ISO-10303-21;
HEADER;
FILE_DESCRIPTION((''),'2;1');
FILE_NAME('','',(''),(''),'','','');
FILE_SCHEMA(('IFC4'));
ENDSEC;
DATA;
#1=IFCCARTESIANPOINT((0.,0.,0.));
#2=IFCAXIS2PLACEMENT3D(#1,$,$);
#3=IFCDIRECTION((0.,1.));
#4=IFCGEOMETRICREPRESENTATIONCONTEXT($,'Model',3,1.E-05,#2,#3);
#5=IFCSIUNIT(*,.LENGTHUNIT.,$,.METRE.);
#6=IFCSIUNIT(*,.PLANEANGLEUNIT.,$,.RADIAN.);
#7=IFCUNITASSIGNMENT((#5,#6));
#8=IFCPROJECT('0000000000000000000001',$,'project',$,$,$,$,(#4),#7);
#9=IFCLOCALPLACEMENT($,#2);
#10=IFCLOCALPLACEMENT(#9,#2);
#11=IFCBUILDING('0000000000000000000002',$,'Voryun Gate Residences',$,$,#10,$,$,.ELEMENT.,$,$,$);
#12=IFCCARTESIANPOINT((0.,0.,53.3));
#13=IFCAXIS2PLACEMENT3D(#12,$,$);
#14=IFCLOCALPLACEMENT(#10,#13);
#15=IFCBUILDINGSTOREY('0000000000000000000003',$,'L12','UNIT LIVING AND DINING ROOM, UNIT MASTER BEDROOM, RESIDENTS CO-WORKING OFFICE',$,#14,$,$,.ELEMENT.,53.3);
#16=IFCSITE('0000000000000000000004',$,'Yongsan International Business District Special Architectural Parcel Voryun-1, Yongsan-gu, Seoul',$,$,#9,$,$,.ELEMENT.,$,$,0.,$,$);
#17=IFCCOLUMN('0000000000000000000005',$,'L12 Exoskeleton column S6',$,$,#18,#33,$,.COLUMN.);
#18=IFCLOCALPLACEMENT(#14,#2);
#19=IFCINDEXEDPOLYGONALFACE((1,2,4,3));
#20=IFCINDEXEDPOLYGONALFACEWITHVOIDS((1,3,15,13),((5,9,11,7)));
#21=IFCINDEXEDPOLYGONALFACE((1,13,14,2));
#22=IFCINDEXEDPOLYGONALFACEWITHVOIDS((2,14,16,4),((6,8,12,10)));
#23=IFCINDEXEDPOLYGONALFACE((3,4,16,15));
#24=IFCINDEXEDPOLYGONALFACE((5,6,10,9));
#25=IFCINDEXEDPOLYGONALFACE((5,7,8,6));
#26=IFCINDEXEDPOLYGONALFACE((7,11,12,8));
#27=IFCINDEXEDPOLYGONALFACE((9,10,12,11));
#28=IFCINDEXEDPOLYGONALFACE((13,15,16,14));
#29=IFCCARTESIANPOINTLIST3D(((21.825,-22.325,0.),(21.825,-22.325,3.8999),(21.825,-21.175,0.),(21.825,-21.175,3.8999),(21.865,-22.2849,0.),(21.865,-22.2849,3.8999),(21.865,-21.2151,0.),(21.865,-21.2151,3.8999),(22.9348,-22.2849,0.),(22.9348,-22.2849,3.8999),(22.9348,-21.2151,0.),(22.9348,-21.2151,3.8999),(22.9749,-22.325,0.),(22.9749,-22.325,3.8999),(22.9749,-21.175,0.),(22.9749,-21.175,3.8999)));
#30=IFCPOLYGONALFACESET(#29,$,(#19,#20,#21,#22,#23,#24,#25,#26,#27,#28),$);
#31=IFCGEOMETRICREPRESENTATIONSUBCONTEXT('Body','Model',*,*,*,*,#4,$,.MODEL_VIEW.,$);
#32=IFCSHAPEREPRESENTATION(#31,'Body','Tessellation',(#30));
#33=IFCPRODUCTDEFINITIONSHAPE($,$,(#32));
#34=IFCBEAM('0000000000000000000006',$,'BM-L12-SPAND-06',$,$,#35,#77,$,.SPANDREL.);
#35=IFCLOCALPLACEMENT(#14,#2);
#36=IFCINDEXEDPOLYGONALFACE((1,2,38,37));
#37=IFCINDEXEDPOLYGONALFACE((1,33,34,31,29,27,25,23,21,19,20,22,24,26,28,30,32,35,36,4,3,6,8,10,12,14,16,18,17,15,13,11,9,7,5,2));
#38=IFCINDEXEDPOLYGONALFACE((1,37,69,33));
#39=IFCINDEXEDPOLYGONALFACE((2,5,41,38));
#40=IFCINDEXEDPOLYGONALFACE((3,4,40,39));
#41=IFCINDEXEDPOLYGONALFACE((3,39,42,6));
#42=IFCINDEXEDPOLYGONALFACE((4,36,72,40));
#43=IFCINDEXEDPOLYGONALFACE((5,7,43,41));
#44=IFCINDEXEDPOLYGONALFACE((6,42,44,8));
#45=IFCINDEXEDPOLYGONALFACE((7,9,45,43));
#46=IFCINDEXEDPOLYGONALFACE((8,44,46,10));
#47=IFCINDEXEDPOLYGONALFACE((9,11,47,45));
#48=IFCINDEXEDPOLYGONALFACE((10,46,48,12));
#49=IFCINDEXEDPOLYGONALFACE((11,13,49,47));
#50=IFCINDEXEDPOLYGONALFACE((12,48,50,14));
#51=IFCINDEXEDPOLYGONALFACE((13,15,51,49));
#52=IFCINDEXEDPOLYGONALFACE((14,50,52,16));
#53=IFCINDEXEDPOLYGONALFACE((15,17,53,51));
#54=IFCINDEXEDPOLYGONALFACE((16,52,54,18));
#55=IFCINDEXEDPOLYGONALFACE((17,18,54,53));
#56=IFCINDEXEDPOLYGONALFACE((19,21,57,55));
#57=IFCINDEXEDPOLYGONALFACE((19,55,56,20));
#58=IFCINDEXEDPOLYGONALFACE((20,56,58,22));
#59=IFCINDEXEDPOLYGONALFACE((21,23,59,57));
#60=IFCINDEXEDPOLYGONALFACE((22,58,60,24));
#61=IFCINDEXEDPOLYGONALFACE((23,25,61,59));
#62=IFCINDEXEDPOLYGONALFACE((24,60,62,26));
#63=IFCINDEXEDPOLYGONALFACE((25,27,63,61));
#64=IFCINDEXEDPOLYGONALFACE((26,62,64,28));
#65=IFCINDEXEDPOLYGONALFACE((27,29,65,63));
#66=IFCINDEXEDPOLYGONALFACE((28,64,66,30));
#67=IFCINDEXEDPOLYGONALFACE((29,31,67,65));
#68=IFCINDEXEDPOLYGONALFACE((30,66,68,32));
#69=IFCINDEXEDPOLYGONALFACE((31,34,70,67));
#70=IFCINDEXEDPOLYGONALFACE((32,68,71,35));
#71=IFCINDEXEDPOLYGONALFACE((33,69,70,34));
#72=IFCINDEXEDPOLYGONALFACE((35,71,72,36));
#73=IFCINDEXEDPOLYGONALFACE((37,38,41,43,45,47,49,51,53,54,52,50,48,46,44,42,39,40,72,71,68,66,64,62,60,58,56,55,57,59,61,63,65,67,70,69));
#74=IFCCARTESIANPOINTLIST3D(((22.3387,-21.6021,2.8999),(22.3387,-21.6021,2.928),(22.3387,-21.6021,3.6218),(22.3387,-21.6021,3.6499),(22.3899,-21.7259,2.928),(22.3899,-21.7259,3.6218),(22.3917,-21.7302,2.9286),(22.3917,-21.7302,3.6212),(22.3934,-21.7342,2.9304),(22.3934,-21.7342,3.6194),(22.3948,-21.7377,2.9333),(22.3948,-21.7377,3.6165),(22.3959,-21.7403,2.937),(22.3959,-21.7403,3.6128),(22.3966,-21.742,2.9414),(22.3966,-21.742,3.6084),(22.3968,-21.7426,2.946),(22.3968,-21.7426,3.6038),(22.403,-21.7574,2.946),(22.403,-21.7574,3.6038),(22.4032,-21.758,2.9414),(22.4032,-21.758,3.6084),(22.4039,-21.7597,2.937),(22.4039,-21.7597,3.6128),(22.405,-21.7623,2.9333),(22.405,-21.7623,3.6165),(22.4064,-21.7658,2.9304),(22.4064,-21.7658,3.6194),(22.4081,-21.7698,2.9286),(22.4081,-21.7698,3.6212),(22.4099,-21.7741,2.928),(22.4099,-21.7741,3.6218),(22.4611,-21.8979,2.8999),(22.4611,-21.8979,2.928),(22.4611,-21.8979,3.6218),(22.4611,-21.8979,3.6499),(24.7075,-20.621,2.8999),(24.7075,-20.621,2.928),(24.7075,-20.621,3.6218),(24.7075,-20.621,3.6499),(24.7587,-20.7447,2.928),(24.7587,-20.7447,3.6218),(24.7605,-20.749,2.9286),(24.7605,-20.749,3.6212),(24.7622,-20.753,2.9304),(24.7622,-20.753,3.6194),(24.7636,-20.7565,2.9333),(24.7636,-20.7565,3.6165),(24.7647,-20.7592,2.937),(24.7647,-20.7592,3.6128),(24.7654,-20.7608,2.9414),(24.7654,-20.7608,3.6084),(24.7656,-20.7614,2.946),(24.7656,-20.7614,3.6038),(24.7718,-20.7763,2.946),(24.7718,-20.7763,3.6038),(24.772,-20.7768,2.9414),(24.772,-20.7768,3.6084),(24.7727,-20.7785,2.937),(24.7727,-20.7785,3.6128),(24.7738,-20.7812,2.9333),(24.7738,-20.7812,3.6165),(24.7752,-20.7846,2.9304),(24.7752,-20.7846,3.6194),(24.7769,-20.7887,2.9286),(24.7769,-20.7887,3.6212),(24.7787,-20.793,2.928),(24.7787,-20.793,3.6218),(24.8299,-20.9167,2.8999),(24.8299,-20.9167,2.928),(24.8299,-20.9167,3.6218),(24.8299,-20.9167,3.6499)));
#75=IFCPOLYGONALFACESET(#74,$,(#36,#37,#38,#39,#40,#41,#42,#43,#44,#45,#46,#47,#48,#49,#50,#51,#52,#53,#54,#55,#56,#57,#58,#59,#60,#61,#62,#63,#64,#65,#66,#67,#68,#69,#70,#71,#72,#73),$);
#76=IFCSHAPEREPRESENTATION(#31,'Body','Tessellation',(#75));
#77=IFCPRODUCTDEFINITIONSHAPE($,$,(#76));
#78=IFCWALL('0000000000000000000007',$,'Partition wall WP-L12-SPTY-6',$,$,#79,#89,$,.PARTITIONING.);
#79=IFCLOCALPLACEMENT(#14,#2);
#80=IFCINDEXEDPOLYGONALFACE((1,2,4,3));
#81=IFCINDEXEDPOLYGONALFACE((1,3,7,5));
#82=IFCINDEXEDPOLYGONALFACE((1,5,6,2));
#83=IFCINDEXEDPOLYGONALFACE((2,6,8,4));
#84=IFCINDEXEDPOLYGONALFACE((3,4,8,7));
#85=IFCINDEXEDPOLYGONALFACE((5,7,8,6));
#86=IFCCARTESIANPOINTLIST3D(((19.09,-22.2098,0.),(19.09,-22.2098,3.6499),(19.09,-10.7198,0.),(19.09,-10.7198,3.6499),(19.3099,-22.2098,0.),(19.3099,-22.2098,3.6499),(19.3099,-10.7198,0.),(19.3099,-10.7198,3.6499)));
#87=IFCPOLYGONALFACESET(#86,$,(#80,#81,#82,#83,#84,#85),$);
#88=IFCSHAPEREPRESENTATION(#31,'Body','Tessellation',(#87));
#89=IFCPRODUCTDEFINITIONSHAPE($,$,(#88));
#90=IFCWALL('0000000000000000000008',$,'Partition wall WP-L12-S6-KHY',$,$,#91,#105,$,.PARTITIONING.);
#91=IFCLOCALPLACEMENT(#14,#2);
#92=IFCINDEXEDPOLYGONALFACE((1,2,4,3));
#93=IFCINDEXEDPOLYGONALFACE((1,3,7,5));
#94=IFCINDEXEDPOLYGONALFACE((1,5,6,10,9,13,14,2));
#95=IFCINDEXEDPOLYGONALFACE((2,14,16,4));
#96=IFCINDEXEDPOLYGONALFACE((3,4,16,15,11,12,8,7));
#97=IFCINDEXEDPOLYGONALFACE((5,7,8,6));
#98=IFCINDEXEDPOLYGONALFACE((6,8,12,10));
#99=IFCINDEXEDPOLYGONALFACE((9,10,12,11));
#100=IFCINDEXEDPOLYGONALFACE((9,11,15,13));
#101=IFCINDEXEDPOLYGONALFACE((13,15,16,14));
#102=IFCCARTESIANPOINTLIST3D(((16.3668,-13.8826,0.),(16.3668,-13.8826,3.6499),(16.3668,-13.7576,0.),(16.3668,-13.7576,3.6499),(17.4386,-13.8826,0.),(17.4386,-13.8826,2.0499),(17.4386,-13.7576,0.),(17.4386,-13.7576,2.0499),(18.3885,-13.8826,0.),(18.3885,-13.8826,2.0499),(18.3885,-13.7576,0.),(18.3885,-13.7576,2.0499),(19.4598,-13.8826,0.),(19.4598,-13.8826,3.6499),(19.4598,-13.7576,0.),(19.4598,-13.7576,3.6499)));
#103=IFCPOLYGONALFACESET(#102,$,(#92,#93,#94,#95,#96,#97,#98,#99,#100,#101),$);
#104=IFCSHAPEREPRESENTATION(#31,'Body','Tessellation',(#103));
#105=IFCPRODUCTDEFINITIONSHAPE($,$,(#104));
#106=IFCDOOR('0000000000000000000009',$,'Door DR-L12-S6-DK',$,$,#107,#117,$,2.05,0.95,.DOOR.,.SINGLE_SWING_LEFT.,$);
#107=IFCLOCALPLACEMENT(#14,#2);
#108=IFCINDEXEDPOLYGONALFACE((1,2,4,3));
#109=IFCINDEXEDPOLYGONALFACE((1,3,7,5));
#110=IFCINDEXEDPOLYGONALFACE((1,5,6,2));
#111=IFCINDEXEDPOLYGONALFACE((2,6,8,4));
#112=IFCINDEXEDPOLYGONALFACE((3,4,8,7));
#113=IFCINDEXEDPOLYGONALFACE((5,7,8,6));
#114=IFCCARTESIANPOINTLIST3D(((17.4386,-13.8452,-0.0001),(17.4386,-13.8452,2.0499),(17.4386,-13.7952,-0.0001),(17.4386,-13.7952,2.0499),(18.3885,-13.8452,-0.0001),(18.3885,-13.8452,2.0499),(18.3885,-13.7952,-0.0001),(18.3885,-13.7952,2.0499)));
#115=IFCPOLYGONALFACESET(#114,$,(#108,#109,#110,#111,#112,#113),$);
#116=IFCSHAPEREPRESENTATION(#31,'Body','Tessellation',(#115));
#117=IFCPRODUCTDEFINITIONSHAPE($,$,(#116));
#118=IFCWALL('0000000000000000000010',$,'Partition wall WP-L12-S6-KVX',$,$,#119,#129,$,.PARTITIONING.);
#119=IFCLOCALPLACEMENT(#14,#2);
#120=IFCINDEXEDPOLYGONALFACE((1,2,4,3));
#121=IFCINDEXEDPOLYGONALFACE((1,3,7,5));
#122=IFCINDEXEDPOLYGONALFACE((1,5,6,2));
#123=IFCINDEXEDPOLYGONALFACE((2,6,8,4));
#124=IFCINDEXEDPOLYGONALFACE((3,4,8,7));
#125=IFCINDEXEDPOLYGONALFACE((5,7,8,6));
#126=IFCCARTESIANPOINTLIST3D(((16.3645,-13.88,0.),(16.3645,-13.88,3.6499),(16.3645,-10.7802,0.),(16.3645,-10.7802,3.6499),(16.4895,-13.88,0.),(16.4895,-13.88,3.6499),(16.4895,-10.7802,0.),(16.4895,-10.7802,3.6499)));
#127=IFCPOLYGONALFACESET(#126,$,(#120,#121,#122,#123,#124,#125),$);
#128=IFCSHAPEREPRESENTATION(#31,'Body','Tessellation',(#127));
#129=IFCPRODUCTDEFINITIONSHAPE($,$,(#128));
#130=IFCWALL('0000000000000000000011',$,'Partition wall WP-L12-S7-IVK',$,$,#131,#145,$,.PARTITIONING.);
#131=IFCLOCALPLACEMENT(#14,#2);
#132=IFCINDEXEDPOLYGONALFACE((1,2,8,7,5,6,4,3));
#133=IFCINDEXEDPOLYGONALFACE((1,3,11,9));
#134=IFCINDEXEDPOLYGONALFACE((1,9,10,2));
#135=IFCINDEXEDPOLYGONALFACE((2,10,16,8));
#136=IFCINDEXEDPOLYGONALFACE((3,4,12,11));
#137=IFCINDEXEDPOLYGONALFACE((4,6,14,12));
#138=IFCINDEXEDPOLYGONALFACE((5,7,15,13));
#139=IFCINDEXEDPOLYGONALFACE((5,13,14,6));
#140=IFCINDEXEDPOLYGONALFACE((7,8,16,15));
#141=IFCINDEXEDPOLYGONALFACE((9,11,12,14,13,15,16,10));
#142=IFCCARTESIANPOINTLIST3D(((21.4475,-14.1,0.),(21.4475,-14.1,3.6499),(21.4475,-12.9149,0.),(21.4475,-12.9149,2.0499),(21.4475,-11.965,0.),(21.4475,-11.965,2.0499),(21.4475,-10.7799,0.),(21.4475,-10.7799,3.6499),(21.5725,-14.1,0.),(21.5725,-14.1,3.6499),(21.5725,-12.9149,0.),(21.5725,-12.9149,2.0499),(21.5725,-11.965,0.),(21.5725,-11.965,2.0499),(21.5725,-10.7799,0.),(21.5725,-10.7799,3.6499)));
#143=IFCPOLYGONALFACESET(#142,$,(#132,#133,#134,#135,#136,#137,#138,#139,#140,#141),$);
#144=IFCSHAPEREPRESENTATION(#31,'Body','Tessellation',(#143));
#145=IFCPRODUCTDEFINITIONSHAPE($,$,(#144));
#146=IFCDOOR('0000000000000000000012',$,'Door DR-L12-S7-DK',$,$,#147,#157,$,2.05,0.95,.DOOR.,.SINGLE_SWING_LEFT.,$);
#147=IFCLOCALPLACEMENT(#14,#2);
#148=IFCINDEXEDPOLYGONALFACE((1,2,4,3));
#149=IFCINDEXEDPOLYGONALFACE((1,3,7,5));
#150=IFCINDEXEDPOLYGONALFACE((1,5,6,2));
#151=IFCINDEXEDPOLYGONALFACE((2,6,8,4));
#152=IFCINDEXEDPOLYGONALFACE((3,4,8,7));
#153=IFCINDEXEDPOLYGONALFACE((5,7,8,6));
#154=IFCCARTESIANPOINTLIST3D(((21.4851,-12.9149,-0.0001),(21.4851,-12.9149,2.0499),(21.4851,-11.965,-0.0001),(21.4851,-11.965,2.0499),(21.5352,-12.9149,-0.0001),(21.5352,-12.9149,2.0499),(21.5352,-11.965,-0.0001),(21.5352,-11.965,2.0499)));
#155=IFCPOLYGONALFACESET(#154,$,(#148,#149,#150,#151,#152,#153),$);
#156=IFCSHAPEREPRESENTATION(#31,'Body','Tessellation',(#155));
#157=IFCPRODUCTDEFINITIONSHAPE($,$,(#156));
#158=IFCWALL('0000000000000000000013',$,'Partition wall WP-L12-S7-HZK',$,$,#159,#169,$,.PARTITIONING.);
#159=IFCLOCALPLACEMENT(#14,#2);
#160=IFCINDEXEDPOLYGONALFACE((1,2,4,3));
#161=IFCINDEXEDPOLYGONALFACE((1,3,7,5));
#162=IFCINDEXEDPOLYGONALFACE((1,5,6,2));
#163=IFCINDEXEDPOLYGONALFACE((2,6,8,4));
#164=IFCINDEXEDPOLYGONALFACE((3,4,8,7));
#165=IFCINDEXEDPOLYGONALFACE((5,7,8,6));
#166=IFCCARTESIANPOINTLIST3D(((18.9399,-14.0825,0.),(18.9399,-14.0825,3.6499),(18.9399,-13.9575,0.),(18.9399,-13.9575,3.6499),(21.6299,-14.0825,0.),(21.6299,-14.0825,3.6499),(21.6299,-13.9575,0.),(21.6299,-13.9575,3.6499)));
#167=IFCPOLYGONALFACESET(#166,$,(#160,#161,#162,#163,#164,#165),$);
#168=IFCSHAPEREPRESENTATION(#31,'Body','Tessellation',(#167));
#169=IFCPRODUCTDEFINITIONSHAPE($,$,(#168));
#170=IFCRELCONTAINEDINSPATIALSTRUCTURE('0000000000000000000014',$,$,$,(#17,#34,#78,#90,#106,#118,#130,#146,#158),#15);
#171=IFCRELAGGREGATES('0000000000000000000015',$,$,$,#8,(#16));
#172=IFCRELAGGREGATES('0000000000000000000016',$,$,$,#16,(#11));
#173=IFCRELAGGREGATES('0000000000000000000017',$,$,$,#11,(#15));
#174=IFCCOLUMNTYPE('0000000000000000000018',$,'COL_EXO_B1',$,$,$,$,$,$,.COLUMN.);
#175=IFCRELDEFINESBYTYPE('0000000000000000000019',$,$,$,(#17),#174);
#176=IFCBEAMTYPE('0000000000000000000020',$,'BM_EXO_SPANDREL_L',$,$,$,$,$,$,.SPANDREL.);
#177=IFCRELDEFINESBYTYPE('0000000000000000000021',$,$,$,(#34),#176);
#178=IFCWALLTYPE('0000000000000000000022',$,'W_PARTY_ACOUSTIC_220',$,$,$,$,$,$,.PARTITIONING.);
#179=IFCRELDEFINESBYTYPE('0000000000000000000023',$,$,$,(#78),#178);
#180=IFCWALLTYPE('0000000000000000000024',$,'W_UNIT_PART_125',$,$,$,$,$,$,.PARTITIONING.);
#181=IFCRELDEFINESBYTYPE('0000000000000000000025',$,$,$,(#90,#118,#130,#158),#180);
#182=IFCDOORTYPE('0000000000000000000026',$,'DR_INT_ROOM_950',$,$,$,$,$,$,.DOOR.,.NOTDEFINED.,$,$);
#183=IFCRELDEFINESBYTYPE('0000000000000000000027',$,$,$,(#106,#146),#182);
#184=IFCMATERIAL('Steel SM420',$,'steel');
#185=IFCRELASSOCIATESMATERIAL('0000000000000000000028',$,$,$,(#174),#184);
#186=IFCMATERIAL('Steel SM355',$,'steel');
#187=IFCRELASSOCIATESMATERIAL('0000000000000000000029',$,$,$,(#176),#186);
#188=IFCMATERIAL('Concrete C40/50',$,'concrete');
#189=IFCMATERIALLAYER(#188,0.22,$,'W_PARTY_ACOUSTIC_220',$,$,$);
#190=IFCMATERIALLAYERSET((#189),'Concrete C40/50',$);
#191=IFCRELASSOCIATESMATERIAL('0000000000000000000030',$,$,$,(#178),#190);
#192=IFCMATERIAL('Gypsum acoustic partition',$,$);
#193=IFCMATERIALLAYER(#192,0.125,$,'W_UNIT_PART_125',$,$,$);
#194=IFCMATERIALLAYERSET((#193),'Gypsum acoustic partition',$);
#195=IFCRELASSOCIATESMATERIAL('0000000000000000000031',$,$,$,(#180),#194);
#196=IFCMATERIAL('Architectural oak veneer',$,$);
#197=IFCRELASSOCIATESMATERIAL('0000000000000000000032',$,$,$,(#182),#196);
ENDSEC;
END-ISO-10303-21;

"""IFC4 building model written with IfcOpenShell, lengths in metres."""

from ifc_helpers import new_model, si_unit, direction, frame, frame_2d, origin, origin_2d, place, context, subcontext, project, spatial, rectangle, hollow_rectangle, i_section, extrude, material, layer, layer_set, material_profile, profile_set, type_object, element, fill, save


model = new_model("IFC4")

# Units and contexts
model_context = context("Model", 3, precision=1e-05, world=origin(), true_north=direction((0.0, 1.0)))
body_context = subcontext(model_context, "Body", "Model", "MODEL_VIEW")
ifc_project = project(units=[si_unit("LENGTHUNIT", "METRE"), si_unit("PLANEANGLEUNIT", "RADIAN")], contexts=[model_context])

# Site, building, storey
site_placement = place(None, origin())
site = spatial("IfcSite", under=ifc_project, at=site_placement, Name="Yongsan International Business District Special Architectural Parcel Voryun-1, Yongsan-gu, Seoul", CompositionType="ELEMENT", RefElevation=0.0)
building_placement = place(site_placement, origin())
building = spatial("IfcBuilding", under=site, at=building_placement, Name="Voryun Gate Residences", CompositionType="ELEMENT")
storey_placement = place(building_placement, frame((0.0, 0.0, 53.3)))
storey = spatial("IfcBuildingStorey", under=building, at=storey_placement, Name="L12", Description="UNIT LIVING AND DINING ROOM, UNIT MASTER BEDROOM, RESIDENTS CO-WORKING OFFICE", CompositionType="ELEMENT", Elevation=53.3)

# Column
ifc_material_1 = material(Name="Steel SM420", Category="steel")
ifc_material_profile_1 = material_profile(ifc_material_1, hollow_rectangle(XDim=1.1499, YDim=1.1499, WallThickness=0.04, at=origin_2d()), Name="BOX-1150x1150x40")
ifc_profile_set_1 = profile_set([ifc_material_profile_1], Name="Steel SM420")
column_type = type_object("IfcColumnType", Name="COL_EXO_B1", PredefinedType="COLUMN", material=ifc_profile_set_1)
column_placement = place(storey_placement, frame((22.3999, -21.75, 0.0), z_axis=(0.0, 0.0, 1.0), x_axis=(1.0, 0.0, 0.0)))
element("IfcColumn", 1, at=column_placement, inside=storey, type_object=column_type, Name="L12 Exoskeleton column S6", PredefinedType="COLUMN", context=body_context, shape_type="SweptSolid", body=[
    extrude(hollow_rectangle(XDim=1.1499, YDim=1.1499, WallThickness=0.04, at=origin_2d()), origin(), (0.0, 0.0, 1.0), 3.8999),
])

# Beam
ifc_material_2 = material(Name="Steel SM355", Category="steel")
ifc_material_profile_2 = material_profile(ifc_material_2, i_section(OverallWidth=0.3201, OverallDepth=0.75, WebThickness=0.0161, FlangeThickness=0.0281, FilletRadius=0.0181, at=origin_2d()), Name="H-750x320x16x28")
ifc_profile_set_2 = profile_set([ifc_material_profile_2], Name="Steel SM355")
beam_type = type_object("IfcBeamType", Name="BM_EXO_SPANDREL_L", PredefinedType="SPANDREL", material=ifc_profile_set_2)
beam_placement = place(storey_placement, frame((22.3999, -21.75, 3.2749), z_axis=(0.923883, 0.382674, 0.0), x_axis=(-0.382674, 0.923883, 0.0)))
element("IfcBeam", 2, at=beam_placement, inside=storey, type_object=beam_type, Name="BM-L12-SPAND-06", PredefinedType="SPANDREL", context=body_context, shape_type="SweptSolid", body=[
    extrude(i_section(OverallWidth=0.3201, OverallDepth=0.75, WebThickness=0.0161, FlangeThickness=0.0281, FilletRadius=0.0181, at=origin_2d()), origin(), (0.0, 0.0, 1.0), 2.564),
])

# Wall
ifc_material_3 = material(Name="Concrete C40/50", Category="concrete")
ifc_layer_1 = layer(ifc_material_3, 0.22, Name="W_PARTY_ACOUSTIC_220")
ifc_layer_set_1 = layer_set([ifc_layer_1], Name="Concrete C40/50")
wall_type_1 = type_object("IfcWallType", Name="W_PARTY_ACOUSTIC_220", PredefinedType="PARTITIONING", material=ifc_layer_set_1)
wall_1_placement = place(storey_placement, frame((19.2, -22.21, 0.0), z_axis=(0.0, 0.0, 1.0), x_axis=(0.0, 1.0, 0.0)))
element("IfcWall", 3, at=wall_1_placement, inside=storey, type_object=wall_type_1, Name="Partition wall WP-L12-SPTY-6", PredefinedType="PARTITIONING", context=body_context, shape_type="SweptSolid", body=[
    extrude(rectangle(XDim=11.49, YDim=0.22, at=frame_2d((5.7451, 0.0))), origin(), (0.0, 0.0, 1.0), 3.6499),
])

# Wall, opening, door
ifc_material_4 = material(Name="Gypsum acoustic partition")
ifc_layer_2 = layer(ifc_material_4, 0.125, Name="W_UNIT_PART_125")
ifc_layer_set_2 = layer_set([ifc_layer_2], Name="Gypsum acoustic partition")
wall_type_2 = type_object("IfcWallType", Name="W_UNIT_PART_125", PredefinedType="PARTITIONING", material=ifc_layer_set_2)
wall_2_placement = place(storey_placement, frame((16.3669, -13.8201, 0.0), z_axis=(0.0, 0.0, 1.0), x_axis=(1.0, 0.0, 0.0)))
wall_2 = element("IfcWall", 4, at=wall_2_placement, inside=storey, type_object=wall_type_2, Name="Partition wall WP-L12-S6-KHY", PredefinedType="PARTITIONING", context=body_context, shape_type="SweptSolid", body=[
    extrude(rectangle(XDim=3.093, YDim=0.125, at=frame_2d((1.5464, 0.0))), origin(), (0.0, 0.0, 1.0), 3.6499),
])
opening_1_placement = place(wall_2_placement, frame((1.0715, 0.0, 0.0)))
opening_1 = element("IfcOpeningElement", 5, at=opening_1_placement, cuts=wall_2, PredefinedType="OPENING", context=body_context, shape_type="SweptSolid", body=[
    extrude(rectangle(XDim=0.95, YDim=2.05, at=frame_2d((0.4751, 1.0249))), frame((0.0, 0.0725, 0.0), z_axis=(0.0, -1.0, 0.0), x_axis=(1.0, 0.0, 0.0)), (0.0, 0.0, 1.0), 0.145),
])
ifc_material_5 = material(Name="Architectural oak veneer")
door_type_1 = type_object("IfcDoorType", Name="DR_INT_ROOM_950", OperationType="NOTDEFINED", PredefinedType="DOOR", material=ifc_material_5)
door_1_placement = place(opening_1_placement, origin())
door_1 = element("IfcDoor", 6, at=door_1_placement, inside=storey, type_object=door_type_1, Name="Door DR-L12-S6-DK", OperationType="SINGLE_SWING_LEFT", OverallHeight=2.05, OverallWidth=0.95, PredefinedType="DOOR", context=body_context, shape_type="SweptSolid", body=[
    extrude(rectangle(XDim=0.95, YDim=2.05, at=frame_2d((0.4751, 1.0249))), frame((0.0, 0.0249, 0.0), z_axis=(0.0, -1.0, 0.0), x_axis=(1.0, 0.0, 0.0)), (0.0, 0.0, 1.0), 0.05),
])
fill(opening_1, door_1)

# Wall
wall_3_placement = place(storey_placement, frame((16.427, -13.8799, 0.0), z_axis=(0.0, 0.0, 1.0), x_axis=(0.0, 1.0, 0.0)))
element("IfcWall", 7, at=wall_3_placement, inside=storey, type_object=wall_type_2, Name="Partition wall WP-L12-S6-KVX", PredefinedType="PARTITIONING", context=body_context, shape_type="SweptSolid", body=[
    extrude(rectangle(XDim=3.0999, YDim=0.125, at=frame_2d((1.5498, 0.0))), origin(), (0.0, 0.0, 1.0), 3.6499),
])

# Wall, opening, door
wall_4_placement = place(storey_placement, frame((21.51, -14.1001, 0.0), z_axis=(0.0, 0.0, 1.0), x_axis=(0.0, 1.0, 0.0)))
wall_4 = element("IfcWall", 8, at=wall_4_placement, inside=storey, type_object=wall_type_2, Name="Partition wall WP-L12-S7-IVK", PredefinedType="PARTITIONING", context=body_context, shape_type="SweptSolid", body=[
    extrude(rectangle(XDim=3.3201, YDim=0.125, at=frame_2d((1.6602, 0.0))), origin(), (0.0, 0.0, 1.0), 3.6499),
])
opening_2_placement = place(wall_4_placement, frame((1.1851, 0.0, 0.0)))
opening_2 = element("IfcOpeningElement", 9, at=opening_2_placement, cuts=wall_4, PredefinedType="OPENING", context=body_context, shape_type="SweptSolid", body=[
    extrude(rectangle(XDim=0.95, YDim=2.05, at=frame_2d((0.4751, 1.0249))), frame((0.0, 0.0725, 0.0), z_axis=(0.0, -1.0, 0.0), x_axis=(1.0, 0.0, 0.0)), (0.0, 0.0, 1.0), 0.145),
])
door_2_placement = place(opening_2_placement, origin())
door_2 = element("IfcDoor", 10, at=door_2_placement, inside=storey, type_object=door_type_1, Name="Door DR-L12-S7-DK", OperationType="SINGLE_SWING_LEFT", OverallHeight=2.05, OverallWidth=0.95, PredefinedType="DOOR", context=body_context, shape_type="SweptSolid", body=[
    extrude(rectangle(XDim=0.95, YDim=2.05, at=frame_2d((0.4751, 1.0249))), frame((0.0, 0.0249, 0.0), z_axis=(0.0, -1.0, 0.0), x_axis=(1.0, 0.0, 0.0)), (0.0, 0.0, 1.0), 0.05),
])
fill(opening_2, door_2)

# Wall
wall_5_placement = place(storey_placement, frame((18.9399, -14.02, 0.0), z_axis=(0.0, 0.0, 1.0), x_axis=(1.0, 0.0, 0.0)))
element("IfcWall", 11, at=wall_5_placement, inside=storey, type_object=wall_type_2, Name="Partition wall WP-L12-S7-HZK", PredefinedType="PARTITIONING", context=body_context, shape_type="SweptSolid", body=[
    extrude(rectangle(XDim=2.6899, YDim=0.125, at=frame_2d((1.345, 0.0))), origin(), (0.0, 0.0, 1.0), 3.6499),
])

save(model, "model.ifc")
